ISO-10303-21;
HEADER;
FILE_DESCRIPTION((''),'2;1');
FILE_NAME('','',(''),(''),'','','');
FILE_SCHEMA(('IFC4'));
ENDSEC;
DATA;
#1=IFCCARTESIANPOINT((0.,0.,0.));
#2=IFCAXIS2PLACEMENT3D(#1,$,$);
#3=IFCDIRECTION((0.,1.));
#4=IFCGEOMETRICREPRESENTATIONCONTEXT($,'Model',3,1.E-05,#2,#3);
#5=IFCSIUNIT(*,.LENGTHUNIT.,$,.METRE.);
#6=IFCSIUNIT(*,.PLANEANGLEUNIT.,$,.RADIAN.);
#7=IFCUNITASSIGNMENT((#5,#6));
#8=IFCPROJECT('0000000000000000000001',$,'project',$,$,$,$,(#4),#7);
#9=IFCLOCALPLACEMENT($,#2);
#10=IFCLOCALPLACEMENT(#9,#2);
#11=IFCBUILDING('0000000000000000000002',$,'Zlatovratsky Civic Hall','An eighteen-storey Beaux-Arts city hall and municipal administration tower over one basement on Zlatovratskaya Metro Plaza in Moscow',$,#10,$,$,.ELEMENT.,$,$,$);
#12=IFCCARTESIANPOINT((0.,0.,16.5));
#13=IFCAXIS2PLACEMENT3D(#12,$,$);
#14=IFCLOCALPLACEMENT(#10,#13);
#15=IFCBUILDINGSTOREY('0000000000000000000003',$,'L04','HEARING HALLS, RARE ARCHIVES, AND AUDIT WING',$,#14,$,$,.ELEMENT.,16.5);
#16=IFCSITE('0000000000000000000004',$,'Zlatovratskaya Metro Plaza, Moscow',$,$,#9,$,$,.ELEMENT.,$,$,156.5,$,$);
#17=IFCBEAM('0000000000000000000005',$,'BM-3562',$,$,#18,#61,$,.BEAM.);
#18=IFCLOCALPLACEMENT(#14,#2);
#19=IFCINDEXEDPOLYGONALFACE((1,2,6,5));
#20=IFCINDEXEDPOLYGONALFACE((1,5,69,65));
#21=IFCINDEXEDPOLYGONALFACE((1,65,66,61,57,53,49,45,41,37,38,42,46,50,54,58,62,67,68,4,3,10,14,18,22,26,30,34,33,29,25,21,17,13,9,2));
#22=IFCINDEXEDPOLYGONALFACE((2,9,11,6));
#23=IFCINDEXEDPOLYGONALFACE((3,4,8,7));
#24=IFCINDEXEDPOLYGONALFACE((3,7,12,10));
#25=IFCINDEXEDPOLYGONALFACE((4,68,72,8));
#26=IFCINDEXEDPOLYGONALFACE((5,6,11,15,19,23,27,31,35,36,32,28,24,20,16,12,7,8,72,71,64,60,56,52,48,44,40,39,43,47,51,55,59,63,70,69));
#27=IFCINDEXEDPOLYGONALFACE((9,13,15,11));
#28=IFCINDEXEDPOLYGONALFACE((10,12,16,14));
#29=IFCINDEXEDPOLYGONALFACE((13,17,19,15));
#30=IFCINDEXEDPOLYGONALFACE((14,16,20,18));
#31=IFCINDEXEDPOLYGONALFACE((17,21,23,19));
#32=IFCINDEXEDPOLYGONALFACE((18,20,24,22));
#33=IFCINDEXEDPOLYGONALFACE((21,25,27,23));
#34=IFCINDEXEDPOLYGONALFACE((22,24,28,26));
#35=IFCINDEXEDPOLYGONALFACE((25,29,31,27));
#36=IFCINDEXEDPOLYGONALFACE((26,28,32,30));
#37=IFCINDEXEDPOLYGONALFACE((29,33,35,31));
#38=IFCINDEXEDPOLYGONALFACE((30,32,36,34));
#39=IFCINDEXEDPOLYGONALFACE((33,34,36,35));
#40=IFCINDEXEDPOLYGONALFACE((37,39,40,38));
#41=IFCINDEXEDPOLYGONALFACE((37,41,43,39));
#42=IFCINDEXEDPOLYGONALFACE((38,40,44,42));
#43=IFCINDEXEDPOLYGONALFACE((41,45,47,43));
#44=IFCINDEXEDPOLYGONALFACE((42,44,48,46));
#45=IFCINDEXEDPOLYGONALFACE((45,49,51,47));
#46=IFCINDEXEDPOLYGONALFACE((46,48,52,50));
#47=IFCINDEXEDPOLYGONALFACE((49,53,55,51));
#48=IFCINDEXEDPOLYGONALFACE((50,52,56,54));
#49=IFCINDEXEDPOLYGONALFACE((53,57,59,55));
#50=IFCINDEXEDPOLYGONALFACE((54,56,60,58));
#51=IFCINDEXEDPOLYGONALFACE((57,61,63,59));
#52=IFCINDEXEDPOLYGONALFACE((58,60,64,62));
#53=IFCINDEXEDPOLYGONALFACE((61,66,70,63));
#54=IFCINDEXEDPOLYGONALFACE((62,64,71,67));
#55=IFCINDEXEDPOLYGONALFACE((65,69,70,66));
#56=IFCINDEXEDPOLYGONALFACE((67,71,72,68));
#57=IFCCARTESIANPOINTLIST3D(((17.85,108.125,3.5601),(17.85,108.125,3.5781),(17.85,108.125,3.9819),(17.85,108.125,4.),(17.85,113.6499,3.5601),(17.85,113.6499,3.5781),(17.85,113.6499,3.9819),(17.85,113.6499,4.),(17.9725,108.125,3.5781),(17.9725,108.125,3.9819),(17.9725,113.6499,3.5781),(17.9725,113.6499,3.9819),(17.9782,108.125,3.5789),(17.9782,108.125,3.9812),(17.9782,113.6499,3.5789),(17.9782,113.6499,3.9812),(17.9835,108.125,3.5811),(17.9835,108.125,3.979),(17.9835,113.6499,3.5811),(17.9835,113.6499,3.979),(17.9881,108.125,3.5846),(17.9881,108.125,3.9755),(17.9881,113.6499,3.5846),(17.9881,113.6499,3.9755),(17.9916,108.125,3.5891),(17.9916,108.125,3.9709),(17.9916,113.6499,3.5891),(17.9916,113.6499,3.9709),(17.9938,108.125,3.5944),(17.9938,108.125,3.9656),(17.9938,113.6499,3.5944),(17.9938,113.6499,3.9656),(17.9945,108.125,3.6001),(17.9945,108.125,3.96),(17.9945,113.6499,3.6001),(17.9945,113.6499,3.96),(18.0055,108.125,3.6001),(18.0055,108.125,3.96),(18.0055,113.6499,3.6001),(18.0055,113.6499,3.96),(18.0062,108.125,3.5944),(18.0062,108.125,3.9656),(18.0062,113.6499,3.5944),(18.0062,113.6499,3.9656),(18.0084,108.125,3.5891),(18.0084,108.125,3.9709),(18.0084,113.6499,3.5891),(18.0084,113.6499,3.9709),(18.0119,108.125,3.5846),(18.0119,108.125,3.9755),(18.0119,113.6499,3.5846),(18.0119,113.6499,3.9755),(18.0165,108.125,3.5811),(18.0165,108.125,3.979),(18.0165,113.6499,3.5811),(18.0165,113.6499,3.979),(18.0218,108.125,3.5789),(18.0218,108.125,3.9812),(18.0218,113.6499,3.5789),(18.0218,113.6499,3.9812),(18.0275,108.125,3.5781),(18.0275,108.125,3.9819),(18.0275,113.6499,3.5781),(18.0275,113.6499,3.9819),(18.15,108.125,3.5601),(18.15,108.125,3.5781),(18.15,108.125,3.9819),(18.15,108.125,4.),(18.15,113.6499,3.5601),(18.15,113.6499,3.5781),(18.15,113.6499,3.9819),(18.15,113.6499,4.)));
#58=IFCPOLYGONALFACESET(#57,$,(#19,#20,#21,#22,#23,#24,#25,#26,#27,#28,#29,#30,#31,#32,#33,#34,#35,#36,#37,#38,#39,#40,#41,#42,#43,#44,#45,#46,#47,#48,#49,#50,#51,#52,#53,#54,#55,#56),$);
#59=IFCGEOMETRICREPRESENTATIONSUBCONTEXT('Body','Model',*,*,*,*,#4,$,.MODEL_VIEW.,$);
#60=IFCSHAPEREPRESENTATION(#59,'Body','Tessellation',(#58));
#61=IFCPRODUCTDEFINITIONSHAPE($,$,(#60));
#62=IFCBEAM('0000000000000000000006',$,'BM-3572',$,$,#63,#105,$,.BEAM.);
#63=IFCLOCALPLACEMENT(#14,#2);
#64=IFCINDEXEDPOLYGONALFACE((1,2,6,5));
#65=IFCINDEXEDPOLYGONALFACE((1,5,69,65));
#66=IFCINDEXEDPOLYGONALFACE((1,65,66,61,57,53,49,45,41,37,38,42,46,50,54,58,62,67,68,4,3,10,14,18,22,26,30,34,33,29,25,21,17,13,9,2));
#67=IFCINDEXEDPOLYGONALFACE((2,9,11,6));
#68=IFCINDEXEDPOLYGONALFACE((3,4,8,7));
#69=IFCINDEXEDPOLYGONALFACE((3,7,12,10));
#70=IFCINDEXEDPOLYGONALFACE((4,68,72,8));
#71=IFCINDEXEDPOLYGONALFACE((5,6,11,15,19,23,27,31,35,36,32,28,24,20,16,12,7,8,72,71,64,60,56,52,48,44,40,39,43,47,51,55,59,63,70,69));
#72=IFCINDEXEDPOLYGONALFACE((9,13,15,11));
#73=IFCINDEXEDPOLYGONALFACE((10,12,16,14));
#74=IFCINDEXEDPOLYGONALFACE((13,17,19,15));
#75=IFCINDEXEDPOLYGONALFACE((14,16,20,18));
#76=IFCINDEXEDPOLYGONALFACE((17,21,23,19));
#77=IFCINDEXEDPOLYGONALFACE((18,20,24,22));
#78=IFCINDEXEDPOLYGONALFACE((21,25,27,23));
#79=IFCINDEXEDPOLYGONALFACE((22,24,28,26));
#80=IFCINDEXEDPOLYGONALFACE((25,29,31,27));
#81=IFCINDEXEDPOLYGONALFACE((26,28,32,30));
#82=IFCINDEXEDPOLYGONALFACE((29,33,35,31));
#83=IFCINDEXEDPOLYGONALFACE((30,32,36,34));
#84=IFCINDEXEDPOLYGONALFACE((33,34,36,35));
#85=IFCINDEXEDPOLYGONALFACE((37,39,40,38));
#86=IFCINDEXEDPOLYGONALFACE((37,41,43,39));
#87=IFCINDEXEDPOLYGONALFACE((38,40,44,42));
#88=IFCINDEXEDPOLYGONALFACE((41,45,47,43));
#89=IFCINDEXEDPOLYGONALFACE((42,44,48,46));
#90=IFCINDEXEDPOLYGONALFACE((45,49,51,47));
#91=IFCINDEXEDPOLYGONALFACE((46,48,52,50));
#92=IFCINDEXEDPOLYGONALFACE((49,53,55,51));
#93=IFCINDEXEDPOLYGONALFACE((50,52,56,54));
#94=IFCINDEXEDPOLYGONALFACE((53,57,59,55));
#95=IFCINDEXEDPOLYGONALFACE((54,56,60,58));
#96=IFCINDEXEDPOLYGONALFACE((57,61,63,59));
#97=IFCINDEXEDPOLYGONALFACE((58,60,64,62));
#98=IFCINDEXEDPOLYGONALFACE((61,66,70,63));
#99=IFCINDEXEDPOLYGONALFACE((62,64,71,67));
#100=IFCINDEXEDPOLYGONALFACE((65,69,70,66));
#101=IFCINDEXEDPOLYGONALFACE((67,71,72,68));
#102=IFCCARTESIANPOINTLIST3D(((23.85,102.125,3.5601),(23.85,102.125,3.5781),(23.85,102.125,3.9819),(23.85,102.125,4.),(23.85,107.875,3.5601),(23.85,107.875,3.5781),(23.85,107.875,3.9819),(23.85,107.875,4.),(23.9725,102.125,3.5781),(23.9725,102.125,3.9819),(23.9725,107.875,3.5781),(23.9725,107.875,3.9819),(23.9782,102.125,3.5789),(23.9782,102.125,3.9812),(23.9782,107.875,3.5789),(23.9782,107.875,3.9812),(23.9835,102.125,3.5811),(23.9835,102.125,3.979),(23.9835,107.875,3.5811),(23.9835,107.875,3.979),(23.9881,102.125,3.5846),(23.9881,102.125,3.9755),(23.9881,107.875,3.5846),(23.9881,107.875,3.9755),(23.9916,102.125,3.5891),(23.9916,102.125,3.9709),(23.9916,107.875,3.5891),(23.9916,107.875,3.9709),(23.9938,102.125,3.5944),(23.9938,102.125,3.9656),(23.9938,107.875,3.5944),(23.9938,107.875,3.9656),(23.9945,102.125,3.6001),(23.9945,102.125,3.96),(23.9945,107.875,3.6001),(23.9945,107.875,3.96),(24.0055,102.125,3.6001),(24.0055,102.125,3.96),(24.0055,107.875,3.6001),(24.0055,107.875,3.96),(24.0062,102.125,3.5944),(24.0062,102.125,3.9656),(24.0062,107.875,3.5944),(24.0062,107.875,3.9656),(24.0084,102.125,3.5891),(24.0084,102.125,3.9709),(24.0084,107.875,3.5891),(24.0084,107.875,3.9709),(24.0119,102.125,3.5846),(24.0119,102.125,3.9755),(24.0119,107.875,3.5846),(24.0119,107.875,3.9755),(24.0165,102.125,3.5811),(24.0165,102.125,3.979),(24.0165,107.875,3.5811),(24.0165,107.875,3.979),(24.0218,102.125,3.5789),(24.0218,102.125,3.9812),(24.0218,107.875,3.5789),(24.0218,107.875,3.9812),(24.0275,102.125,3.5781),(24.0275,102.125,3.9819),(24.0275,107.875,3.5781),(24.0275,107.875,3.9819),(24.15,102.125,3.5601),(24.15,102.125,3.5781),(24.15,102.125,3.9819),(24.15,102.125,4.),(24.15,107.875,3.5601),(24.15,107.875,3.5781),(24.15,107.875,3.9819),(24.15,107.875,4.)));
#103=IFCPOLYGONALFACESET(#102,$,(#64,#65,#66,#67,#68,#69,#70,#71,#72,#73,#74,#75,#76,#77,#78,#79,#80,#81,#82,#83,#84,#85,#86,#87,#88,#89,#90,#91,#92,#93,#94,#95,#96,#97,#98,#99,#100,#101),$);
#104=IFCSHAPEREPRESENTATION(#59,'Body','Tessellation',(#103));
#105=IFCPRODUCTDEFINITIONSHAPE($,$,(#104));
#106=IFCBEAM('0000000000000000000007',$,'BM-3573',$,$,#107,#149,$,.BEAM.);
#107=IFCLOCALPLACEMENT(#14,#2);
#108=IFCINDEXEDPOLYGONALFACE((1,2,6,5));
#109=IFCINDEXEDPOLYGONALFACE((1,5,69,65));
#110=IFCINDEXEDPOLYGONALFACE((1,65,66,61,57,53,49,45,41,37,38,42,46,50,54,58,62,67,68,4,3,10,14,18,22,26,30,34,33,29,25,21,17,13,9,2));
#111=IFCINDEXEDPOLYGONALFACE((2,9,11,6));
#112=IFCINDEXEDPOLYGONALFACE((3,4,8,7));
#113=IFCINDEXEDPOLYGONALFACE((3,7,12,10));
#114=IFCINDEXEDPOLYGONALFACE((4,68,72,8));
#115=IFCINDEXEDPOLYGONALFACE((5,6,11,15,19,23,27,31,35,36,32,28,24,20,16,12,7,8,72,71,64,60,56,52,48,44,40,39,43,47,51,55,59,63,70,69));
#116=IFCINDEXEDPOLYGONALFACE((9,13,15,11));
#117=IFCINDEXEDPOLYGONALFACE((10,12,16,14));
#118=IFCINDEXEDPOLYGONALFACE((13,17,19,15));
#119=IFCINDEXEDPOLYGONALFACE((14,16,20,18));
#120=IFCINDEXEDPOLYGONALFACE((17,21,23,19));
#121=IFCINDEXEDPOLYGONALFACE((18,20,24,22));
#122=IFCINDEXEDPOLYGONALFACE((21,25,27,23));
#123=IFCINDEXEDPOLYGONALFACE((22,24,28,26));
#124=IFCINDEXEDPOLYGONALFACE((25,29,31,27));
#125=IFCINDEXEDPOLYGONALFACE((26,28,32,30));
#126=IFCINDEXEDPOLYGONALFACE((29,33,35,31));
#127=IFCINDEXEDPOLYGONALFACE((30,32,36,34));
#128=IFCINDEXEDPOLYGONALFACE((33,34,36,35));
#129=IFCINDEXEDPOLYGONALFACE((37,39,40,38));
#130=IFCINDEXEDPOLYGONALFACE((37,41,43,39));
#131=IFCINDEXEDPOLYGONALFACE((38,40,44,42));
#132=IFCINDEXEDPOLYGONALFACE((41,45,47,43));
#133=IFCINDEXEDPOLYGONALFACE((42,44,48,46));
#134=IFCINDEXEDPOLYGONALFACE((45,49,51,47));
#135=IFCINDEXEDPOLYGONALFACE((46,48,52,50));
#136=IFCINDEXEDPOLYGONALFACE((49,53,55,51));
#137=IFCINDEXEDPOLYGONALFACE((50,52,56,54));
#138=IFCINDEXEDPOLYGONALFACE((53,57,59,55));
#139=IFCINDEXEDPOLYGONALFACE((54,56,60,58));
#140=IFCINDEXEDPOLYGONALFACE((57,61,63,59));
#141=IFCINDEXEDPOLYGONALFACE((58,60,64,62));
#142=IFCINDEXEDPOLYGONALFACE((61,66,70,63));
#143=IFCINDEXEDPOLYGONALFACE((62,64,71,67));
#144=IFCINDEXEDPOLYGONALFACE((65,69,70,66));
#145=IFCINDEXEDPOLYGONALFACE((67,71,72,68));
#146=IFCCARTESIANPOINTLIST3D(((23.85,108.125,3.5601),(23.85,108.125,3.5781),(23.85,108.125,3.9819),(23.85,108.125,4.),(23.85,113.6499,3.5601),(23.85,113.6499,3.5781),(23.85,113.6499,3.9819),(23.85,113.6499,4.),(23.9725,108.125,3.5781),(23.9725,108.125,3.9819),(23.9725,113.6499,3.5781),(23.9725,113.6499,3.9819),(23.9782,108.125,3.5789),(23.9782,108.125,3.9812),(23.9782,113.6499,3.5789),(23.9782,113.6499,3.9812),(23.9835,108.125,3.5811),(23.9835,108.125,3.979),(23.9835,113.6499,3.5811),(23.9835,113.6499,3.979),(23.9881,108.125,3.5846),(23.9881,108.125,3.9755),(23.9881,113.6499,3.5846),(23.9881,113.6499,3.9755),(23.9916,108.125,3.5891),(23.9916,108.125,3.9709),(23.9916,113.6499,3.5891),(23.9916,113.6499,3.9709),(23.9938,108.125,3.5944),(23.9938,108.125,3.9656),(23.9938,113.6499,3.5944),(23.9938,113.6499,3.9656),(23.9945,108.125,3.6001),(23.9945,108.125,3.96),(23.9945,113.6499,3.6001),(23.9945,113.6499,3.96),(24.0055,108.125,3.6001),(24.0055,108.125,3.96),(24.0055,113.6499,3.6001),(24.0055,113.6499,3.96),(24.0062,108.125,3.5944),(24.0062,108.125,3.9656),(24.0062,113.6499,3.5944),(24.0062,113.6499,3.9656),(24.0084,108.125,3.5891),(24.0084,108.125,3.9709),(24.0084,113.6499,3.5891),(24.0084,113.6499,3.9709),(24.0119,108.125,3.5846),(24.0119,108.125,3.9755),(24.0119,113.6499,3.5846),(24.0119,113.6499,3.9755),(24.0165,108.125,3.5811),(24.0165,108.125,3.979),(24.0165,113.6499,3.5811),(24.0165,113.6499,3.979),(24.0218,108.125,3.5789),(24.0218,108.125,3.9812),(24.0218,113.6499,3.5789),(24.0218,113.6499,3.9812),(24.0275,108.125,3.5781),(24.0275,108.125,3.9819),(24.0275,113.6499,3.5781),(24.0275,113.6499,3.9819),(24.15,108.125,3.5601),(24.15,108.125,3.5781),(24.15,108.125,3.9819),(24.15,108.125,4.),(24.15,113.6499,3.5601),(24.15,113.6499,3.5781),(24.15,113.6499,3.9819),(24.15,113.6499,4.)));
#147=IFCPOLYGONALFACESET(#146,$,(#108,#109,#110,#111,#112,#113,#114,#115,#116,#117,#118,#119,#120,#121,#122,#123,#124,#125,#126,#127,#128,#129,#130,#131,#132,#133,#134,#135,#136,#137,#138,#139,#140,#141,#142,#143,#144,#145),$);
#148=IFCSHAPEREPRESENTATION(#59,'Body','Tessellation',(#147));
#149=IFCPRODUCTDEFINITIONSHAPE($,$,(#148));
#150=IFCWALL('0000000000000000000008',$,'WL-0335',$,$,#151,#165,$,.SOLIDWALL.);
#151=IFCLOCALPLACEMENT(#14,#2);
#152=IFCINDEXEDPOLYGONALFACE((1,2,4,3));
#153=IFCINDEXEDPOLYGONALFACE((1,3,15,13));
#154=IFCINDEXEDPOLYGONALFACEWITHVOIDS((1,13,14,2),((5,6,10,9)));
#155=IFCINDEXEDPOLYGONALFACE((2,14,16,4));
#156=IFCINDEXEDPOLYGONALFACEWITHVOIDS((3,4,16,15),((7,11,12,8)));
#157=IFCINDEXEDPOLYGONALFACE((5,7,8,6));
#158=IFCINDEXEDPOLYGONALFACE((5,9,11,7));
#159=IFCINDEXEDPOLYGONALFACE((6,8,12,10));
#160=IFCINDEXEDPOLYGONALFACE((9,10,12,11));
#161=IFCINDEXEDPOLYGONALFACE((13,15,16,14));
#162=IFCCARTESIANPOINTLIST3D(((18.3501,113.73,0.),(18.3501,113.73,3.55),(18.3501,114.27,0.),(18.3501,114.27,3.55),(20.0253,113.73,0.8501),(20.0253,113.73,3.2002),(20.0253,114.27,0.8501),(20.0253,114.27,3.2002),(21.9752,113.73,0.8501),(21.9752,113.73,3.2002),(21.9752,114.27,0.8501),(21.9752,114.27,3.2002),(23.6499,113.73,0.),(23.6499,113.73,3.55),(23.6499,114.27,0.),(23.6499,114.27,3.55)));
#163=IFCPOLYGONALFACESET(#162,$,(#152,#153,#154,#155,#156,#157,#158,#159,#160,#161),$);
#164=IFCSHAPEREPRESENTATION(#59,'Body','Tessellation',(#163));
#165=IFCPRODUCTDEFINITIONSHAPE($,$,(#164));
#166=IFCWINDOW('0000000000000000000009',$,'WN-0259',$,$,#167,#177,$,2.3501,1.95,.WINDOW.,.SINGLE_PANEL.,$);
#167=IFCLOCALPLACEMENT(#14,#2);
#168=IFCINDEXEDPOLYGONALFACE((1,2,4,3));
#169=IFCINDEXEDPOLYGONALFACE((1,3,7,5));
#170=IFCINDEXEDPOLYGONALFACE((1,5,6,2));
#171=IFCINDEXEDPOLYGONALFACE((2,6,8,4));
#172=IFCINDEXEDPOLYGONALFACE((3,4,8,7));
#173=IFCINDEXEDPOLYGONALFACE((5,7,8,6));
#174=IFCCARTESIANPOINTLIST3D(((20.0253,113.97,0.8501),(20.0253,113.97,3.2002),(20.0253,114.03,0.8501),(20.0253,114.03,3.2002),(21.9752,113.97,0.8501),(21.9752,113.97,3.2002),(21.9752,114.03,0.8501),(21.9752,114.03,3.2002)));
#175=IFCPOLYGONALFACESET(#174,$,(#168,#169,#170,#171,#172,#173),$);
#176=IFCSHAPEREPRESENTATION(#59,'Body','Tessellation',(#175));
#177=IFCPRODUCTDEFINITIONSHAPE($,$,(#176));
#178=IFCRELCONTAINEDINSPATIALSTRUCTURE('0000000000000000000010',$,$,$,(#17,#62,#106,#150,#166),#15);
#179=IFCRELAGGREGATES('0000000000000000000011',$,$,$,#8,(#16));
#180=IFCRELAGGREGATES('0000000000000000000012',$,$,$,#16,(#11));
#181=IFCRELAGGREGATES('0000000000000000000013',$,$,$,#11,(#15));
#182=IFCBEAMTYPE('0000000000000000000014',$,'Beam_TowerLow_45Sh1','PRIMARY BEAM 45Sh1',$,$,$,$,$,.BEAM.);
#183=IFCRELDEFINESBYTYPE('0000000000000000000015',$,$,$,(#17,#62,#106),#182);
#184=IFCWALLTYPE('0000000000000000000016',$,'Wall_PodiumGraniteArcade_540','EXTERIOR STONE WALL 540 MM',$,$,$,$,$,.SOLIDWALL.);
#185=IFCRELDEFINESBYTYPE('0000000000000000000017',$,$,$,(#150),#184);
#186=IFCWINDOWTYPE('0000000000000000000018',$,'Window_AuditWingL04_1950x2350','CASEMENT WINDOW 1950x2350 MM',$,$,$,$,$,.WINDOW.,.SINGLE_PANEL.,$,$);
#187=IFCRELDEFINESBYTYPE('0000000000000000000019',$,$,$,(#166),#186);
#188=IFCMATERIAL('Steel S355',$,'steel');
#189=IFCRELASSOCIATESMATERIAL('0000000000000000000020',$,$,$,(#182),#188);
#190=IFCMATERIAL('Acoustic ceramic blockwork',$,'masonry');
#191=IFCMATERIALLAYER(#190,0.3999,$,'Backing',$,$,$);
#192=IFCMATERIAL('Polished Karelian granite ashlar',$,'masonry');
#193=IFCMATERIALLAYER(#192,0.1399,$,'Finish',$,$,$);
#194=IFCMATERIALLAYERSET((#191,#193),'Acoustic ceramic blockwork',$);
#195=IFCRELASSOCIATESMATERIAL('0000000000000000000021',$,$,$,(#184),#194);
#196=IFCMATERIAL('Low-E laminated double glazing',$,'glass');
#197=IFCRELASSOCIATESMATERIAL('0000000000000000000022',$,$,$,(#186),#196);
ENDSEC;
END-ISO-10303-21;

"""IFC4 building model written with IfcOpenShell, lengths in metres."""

from ifc_helpers import new_model, si_unit, direction, frame, frame_2d, origin, origin_2d, place, context, subcontext, project, spatial, rectangle, i_section, extrude, material, layer, layer_set, material_profile, profile_set, type_object, element, fill, save


model = new_model("IFC4")

# Units and contexts
model_context = context("Model", 3, precision=1e-05, world=origin(), true_north=direction((0.0, 1.0)))
body_context = subcontext(model_context, "Body", "Model", "MODEL_VIEW")
ifc_project = project(units=[si_unit("LENGTHUNIT", "METRE"), si_unit("PLANEANGLEUNIT", "RADIAN")], contexts=[model_context])

# Site, building, storey
site_placement = place(None, origin())
site = spatial("IfcSite", under=ifc_project, at=site_placement, Name="Zlatovratskaya Metro Plaza, Moscow", CompositionType="ELEMENT", RefElevation=156.5)
building_placement = place(site_placement, origin())
building = spatial("IfcBuilding", under=site, at=building_placement, Name="Zlatovratsky Civic Hall", Description="An eighteen-storey Beaux-Arts city hall and municipal administration tower over one basement on Zlatovratskaya Metro Plaza in Moscow", CompositionType="ELEMENT")
storey_placement = place(building_placement, frame((0.0, 0.0, 16.5)))
storey = spatial("IfcBuildingStorey", under=building, at=storey_placement, Name="L04", Description="HEARING HALLS, RARE ARCHIVES, AND AUDIT WING", CompositionType="ELEMENT", Elevation=16.5)

# Shared definitions
ifc_material_1 = material(Name="Steel S355", Category="steel")

# Beams
ifc_material_profile_1 = material_profile(ifc_material_1, i_section(OverallWidth=0.3, OverallDepth=0.4399, WebThickness=0.011, FlangeThickness=0.0181, FilletRadius=0.022, at=origin_2d()), Name="45Sh1")
ifc_profile_set_1 = profile_set([ifc_material_profile_1], Name="Steel S355")
beam_type_1 = type_object("IfcBeamType", Name="Beam_TowerLow_45Sh1", Description="PRIMARY BEAM 45Sh1", PredefinedType="BEAM", material=ifc_profile_set_1)
beam_1_placement = place(storey_placement, frame((18.0, 108.125, 3.78), z_axis=(0.0, 1.0, 0.0), x_axis=(-1.0, 0.0, 0.0)))
element("IfcBeam", 1, at=beam_1_placement, inside=storey, type_object=beam_type_1, Name="BM-3562", PredefinedType="BEAM", context=body_context, shape_type="SweptSolid", body=[
    extrude(i_section(OverallWidth=0.3, OverallDepth=0.4399, WebThickness=0.011, FlangeThickness=0.0181, FilletRadius=0.022, at=origin_2d()), origin(), (0.0, 0.0, 1.0), 5.5249),
])
beam_2_placement = place(storey_placement, frame((24.0, 102.125, 3.78), z_axis=(0.0, 1.0, 0.0), x_axis=(-1.0, 0.0, 0.0)))
element("IfcBeam", 2, at=beam_2_placement, inside=storey, type_object=beam_type_1, Name="BM-3572", PredefinedType="BEAM", context=body_context, shape_type="SweptSolid", body=[
    extrude(i_section(OverallWidth=0.3, OverallDepth=0.4399, WebThickness=0.011, FlangeThickness=0.0181, FilletRadius=0.022, at=origin_2d()), origin(), (0.0, 0.0, 1.0), 5.75),
])
beam_3_placement = place(storey_placement, frame((24.0, 108.125, 3.78), z_axis=(0.0, 1.0, 0.0), x_axis=(-1.0, 0.0, 0.0)))
element("IfcBeam", 3, at=beam_3_placement, inside=storey, type_object=beam_type_1, Name="BM-3573", PredefinedType="BEAM", context=body_context, shape_type="SweptSolid", body=[
    extrude(i_section(OverallWidth=0.3, OverallDepth=0.4399, WebThickness=0.011, FlangeThickness=0.0181, FilletRadius=0.022, at=origin_2d()), origin(), (0.0, 0.0, 1.0), 5.5249),
])

# Wall, opening, window
ifc_material_2 = material(Name="Acoustic ceramic blockwork", Category="masonry")
ifc_layer_1 = layer(ifc_material_2, 0.3999, Name="Backing")
ifc_material_3 = material(Name="Polished Karelian granite ashlar", Category="masonry")
ifc_layer_2 = layer(ifc_material_3, 0.1399, Name="Finish")
ifc_layer_set = layer_set([ifc_layer_1, ifc_layer_2], Name="Acoustic ceramic blockwork")
wall_type = type_object("IfcWallType", Name="Wall_PodiumGraniteArcade_540", Description="EXTERIOR STONE WALL 540 MM", PredefinedType="SOLIDWALL", material=ifc_layer_set)
wall_placement = place(storey_placement, frame((18.3501, 114.0, 0.0), z_axis=(0.0, 0.0, 1.0), x_axis=(1.0, 0.0, 0.0)))
wall = element("IfcWall", 4, at=wall_placement, inside=storey, type_object=wall_type, Name="WL-0335", PredefinedType="SOLIDWALL", context=body_context, shape_type="SweptSolid", body=[
    extrude(rectangle(XDim=5.2998, YDim=0.54, at=frame_2d((2.6499, 0.0))), origin(), (0.0, 0.0, 1.0), 3.55),
])
opening_placement = place(wall_placement, frame((1.675, 0.0, 0.8501)))
opening = element("IfcOpeningElement", 5, at=opening_placement, cuts=wall, PredefinedType="OPENING", context=body_context, shape_type="SweptSolid", body=[
    extrude(rectangle(XDim=1.95, YDim=2.3501, at=frame_2d((0.9751, 1.175))), frame((0.0, 0.2849, 0.0), z_axis=(0.0, -1.0, 0.0), x_axis=(1.0, 0.0, 0.0)), (0.0, 0.0, 1.0), 0.5698),
])
ifc_material_4 = material(Name="Low-E laminated double glazing", Category="glass")
window_type = type_object("IfcWindowType", Name="Window_AuditWingL04_1950x2350", Description="CASEMENT WINDOW 1950x2350 MM", PartitioningType="SINGLE_PANEL", PredefinedType="WINDOW", material=ifc_material_4)
window_placement = place(opening_placement, origin())
window = element("IfcWindow", 6, at=window_placement, inside=storey, type_object=window_type, Name="WN-0259", OverallHeight=2.3501, OverallWidth=1.95, PartitioningType="SINGLE_PANEL", PredefinedType="WINDOW", context=body_context, shape_type="SweptSolid", body=[
    extrude(rectangle(XDim=1.95, YDim=2.3501, at=frame_2d((0.9751, 1.175))), frame((0.0, 0.03, 0.0), z_axis=(0.0, -1.0, 0.0), x_axis=(1.0, 0.0, 0.0)), (0.0, 0.0, 1.0), 0.0601),
])
fill(opening, window)

save(model, "model.ifc")
